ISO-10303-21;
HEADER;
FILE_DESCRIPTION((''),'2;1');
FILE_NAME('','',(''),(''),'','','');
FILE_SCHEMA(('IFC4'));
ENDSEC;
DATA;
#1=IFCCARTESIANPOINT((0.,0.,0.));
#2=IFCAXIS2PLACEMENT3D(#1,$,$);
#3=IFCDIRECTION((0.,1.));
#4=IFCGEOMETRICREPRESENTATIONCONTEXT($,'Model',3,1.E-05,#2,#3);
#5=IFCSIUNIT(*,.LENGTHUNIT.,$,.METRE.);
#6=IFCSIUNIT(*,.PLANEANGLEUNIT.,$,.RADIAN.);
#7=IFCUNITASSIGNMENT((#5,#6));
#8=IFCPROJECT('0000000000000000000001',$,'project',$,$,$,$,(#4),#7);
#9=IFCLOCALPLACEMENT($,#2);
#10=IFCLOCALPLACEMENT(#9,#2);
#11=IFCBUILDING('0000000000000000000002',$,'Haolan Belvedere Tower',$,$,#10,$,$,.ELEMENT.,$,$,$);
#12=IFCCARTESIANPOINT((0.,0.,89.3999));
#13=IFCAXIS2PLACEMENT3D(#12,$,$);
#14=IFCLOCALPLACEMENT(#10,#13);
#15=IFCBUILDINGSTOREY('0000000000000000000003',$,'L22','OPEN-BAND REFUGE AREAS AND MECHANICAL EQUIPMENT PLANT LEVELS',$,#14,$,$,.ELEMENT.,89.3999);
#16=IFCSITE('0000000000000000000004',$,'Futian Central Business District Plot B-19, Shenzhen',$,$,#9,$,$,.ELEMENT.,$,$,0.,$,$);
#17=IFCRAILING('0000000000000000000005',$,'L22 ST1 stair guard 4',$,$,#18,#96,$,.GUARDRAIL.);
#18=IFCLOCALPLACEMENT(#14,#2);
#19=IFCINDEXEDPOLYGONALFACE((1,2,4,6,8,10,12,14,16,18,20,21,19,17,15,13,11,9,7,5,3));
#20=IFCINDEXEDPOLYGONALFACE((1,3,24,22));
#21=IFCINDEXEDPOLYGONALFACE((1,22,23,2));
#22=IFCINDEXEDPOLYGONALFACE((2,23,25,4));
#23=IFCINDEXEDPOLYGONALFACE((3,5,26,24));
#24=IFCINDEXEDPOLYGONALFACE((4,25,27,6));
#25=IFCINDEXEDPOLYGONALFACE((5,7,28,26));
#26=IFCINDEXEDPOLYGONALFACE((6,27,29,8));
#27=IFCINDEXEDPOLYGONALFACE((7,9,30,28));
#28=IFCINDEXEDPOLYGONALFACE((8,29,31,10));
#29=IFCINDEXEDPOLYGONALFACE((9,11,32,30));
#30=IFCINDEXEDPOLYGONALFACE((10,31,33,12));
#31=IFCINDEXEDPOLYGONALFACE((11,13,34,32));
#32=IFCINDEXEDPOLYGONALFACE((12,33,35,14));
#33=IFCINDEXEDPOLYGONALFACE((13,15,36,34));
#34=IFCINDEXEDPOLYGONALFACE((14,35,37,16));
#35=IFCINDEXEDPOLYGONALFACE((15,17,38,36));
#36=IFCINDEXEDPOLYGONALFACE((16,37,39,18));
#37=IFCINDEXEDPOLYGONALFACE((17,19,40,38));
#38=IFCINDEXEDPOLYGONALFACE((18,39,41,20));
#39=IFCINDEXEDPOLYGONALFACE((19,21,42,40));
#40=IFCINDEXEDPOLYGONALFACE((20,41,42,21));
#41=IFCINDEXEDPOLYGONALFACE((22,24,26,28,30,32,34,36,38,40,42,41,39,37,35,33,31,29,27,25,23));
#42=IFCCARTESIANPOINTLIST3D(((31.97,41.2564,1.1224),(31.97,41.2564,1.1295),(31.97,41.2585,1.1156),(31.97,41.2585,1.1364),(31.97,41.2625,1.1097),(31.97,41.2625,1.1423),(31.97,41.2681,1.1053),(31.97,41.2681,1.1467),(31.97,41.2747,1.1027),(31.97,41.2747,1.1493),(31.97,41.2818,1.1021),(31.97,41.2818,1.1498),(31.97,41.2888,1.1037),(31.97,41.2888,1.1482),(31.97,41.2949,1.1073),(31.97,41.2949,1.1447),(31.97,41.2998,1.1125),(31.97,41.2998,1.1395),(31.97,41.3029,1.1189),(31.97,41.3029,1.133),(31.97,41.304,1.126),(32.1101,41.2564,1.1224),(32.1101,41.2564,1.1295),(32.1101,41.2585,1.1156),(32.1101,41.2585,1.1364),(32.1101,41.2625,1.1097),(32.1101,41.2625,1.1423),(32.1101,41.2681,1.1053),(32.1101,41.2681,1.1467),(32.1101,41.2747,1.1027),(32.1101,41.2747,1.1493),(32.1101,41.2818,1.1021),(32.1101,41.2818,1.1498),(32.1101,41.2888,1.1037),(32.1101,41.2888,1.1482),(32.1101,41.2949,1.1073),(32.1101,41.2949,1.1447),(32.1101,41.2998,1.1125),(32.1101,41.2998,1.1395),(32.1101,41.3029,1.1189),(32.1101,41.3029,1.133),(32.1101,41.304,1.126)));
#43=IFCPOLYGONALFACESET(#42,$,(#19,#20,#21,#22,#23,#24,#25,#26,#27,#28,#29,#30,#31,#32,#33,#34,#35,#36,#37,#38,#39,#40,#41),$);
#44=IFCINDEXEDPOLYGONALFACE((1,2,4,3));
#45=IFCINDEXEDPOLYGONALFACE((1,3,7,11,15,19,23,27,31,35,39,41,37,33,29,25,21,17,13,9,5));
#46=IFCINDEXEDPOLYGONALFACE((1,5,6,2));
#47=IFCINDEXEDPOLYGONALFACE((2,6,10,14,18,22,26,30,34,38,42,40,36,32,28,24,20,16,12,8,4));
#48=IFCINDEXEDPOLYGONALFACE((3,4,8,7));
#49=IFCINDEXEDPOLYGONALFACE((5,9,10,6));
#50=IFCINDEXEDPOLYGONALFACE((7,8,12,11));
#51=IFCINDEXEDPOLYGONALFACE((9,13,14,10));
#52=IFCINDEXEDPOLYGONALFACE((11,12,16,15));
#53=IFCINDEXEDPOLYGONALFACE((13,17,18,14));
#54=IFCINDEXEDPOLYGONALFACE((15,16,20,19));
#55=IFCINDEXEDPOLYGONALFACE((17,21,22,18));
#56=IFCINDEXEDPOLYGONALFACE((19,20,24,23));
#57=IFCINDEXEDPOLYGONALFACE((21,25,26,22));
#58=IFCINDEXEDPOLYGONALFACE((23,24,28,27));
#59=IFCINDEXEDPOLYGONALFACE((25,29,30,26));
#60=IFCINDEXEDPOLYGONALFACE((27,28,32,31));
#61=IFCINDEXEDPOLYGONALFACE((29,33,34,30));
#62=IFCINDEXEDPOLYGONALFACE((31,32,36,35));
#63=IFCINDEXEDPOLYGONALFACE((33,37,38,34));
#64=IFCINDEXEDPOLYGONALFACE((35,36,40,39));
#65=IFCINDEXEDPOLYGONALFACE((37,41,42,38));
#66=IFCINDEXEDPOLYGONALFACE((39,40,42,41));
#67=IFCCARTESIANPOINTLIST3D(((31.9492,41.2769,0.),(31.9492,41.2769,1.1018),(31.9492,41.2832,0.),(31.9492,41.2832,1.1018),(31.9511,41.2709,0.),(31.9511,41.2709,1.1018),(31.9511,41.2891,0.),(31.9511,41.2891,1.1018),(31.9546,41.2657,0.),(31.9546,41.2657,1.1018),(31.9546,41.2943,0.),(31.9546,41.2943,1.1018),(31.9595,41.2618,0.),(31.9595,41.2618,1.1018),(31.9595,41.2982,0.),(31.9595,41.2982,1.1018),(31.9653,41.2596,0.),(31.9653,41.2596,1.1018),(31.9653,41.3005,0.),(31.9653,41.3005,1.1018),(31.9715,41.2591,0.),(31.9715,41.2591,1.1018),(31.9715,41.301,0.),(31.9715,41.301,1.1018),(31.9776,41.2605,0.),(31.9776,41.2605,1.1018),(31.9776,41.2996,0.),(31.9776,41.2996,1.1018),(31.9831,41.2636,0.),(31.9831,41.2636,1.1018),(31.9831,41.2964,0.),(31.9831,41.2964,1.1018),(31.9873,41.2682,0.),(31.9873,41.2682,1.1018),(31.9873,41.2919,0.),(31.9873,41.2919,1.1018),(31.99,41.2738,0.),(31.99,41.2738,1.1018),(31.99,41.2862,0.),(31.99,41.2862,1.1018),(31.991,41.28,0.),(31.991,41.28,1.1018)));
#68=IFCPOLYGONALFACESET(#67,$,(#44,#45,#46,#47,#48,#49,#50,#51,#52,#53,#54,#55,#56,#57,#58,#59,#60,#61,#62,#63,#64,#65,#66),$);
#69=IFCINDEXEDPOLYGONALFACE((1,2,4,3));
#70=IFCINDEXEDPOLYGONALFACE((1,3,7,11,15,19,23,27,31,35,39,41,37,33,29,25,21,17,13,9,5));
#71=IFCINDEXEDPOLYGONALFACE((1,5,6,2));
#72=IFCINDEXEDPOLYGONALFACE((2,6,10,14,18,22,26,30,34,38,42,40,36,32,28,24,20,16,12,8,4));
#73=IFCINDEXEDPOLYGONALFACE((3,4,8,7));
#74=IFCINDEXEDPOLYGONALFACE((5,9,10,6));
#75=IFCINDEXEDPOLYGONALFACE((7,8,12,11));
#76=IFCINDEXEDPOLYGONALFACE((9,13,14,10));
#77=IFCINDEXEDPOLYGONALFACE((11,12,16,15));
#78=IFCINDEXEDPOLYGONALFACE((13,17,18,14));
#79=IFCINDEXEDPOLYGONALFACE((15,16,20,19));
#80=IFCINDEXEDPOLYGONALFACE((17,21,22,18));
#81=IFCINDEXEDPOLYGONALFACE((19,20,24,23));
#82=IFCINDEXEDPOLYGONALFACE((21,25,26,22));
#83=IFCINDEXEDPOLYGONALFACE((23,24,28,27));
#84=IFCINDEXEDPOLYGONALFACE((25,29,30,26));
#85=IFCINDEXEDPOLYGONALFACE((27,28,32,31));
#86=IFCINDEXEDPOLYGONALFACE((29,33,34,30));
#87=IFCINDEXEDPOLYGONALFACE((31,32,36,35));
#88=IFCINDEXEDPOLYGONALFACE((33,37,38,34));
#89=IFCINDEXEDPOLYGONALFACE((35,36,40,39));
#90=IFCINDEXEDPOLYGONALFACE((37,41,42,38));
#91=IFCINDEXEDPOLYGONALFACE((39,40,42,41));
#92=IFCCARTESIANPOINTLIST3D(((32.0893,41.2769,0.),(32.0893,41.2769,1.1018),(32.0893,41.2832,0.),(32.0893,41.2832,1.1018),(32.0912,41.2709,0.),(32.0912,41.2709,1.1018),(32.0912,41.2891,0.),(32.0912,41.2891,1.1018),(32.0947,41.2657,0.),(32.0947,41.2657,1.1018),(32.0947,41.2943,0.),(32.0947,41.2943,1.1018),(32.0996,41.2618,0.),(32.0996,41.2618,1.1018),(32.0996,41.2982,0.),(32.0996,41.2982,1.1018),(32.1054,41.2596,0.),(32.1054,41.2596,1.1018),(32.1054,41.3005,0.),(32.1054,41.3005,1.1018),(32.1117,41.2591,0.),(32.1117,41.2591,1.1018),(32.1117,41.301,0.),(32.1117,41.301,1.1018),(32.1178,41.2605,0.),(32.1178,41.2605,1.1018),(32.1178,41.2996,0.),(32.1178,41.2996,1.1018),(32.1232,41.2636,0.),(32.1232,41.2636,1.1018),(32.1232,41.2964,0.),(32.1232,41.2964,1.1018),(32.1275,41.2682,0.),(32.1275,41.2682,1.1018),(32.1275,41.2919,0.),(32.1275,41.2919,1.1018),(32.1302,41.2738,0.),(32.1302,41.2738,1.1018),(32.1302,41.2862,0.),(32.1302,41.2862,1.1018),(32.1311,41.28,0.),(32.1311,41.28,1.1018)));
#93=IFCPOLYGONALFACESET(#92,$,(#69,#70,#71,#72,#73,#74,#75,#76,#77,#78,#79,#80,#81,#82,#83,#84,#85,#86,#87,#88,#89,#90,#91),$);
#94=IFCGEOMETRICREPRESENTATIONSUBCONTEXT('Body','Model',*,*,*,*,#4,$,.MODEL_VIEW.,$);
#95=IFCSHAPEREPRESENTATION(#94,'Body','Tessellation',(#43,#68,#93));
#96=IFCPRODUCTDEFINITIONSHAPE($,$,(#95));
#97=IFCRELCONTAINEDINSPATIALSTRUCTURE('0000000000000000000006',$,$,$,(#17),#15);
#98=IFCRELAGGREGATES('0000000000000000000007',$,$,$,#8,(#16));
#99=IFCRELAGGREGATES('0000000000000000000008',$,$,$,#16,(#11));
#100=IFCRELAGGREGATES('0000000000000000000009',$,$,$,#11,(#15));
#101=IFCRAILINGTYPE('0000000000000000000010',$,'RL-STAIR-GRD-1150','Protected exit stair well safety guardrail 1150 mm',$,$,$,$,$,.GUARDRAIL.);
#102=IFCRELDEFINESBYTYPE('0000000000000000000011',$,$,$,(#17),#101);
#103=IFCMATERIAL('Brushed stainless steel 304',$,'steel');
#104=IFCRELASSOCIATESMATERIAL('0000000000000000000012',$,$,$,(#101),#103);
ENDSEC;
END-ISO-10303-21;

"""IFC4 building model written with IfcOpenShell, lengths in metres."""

from ifc_helpers import new_model, si_unit, direction, frame, origin, origin_2d, place, context, subcontext, project, spatial, circle, extrude, material, type_object, element, save


model = new_model("IFC4")

# Units and contexts
model_context = context("Model", 3, precision=1e-05, world=origin(), true_north=direction((0.0, 1.0)))
body_context = subcontext(model_context, "Body", "Model", "MODEL_VIEW")
ifc_project = project(units=[si_unit("LENGTHUNIT", "METRE"), si_unit("PLANEANGLEUNIT", "RADIAN")], contexts=[model_context])

# Site, building, storey
site_placement = place(None, origin())
site = spatial("IfcSite", under=ifc_project, at=site_placement, Name="Futian Central Business District Plot B-19, Shenzhen", CompositionType="ELEMENT", RefElevation=0.0)
building_placement = place(site_placement, origin())
building = spatial("IfcBuilding", under=site, at=building_placement, Name="Haolan Belvedere Tower", CompositionType="ELEMENT")
storey_placement = place(building_placement, frame((0.0, 0.0, 89.3999)))
storey = spatial("IfcBuildingStorey", under=building, at=storey_placement, Name="L22", Description="OPEN-BAND REFUGE AREAS AND MECHANICAL EQUIPMENT PLANT LEVELS", CompositionType="ELEMENT", Elevation=89.3999)

# Railing
ifc_material_1 = material(Name="Brushed stainless steel 304", Category="steel")
railing_type_1 = type_object("IfcRailingType", Name="RL-STAIR-GRD-1150", Description="Protected exit stair well safety guardrail 1150 mm", PredefinedType="GUARDRAIL", material=ifc_material_1)
railing_1_placement = place(storey_placement, frame((31.97, 41.28, 0.0)))
element("IfcRailing", 1, at=railing_1_placement, inside=storey, type_object=railing_type_1, Name="L22 ST1 stair guard 4", PredefinedType="GUARDRAIL", context=body_context, shape_type="SweptSolid", body=[
    extrude(circle(Radius=0.0239, at=origin_2d()), frame((0.0, 0.0, 1.126), z_axis=(1.0, 0.0, 0.0), x_axis=(0.0, 1.0, 0.0)), (0.0, 0.0, 1.0), 0.1401),
    extrude(circle(Radius=0.021, at=origin_2d()), origin(), (0.0, 0.0, 1.0), 1.1018),
    extrude(circle(Radius=0.021, at=origin_2d()), frame((0.1401, 0.0, 0.0)), (0.0, 0.0, 1.0), 1.1018),
])

save(model, "model.ifc")
